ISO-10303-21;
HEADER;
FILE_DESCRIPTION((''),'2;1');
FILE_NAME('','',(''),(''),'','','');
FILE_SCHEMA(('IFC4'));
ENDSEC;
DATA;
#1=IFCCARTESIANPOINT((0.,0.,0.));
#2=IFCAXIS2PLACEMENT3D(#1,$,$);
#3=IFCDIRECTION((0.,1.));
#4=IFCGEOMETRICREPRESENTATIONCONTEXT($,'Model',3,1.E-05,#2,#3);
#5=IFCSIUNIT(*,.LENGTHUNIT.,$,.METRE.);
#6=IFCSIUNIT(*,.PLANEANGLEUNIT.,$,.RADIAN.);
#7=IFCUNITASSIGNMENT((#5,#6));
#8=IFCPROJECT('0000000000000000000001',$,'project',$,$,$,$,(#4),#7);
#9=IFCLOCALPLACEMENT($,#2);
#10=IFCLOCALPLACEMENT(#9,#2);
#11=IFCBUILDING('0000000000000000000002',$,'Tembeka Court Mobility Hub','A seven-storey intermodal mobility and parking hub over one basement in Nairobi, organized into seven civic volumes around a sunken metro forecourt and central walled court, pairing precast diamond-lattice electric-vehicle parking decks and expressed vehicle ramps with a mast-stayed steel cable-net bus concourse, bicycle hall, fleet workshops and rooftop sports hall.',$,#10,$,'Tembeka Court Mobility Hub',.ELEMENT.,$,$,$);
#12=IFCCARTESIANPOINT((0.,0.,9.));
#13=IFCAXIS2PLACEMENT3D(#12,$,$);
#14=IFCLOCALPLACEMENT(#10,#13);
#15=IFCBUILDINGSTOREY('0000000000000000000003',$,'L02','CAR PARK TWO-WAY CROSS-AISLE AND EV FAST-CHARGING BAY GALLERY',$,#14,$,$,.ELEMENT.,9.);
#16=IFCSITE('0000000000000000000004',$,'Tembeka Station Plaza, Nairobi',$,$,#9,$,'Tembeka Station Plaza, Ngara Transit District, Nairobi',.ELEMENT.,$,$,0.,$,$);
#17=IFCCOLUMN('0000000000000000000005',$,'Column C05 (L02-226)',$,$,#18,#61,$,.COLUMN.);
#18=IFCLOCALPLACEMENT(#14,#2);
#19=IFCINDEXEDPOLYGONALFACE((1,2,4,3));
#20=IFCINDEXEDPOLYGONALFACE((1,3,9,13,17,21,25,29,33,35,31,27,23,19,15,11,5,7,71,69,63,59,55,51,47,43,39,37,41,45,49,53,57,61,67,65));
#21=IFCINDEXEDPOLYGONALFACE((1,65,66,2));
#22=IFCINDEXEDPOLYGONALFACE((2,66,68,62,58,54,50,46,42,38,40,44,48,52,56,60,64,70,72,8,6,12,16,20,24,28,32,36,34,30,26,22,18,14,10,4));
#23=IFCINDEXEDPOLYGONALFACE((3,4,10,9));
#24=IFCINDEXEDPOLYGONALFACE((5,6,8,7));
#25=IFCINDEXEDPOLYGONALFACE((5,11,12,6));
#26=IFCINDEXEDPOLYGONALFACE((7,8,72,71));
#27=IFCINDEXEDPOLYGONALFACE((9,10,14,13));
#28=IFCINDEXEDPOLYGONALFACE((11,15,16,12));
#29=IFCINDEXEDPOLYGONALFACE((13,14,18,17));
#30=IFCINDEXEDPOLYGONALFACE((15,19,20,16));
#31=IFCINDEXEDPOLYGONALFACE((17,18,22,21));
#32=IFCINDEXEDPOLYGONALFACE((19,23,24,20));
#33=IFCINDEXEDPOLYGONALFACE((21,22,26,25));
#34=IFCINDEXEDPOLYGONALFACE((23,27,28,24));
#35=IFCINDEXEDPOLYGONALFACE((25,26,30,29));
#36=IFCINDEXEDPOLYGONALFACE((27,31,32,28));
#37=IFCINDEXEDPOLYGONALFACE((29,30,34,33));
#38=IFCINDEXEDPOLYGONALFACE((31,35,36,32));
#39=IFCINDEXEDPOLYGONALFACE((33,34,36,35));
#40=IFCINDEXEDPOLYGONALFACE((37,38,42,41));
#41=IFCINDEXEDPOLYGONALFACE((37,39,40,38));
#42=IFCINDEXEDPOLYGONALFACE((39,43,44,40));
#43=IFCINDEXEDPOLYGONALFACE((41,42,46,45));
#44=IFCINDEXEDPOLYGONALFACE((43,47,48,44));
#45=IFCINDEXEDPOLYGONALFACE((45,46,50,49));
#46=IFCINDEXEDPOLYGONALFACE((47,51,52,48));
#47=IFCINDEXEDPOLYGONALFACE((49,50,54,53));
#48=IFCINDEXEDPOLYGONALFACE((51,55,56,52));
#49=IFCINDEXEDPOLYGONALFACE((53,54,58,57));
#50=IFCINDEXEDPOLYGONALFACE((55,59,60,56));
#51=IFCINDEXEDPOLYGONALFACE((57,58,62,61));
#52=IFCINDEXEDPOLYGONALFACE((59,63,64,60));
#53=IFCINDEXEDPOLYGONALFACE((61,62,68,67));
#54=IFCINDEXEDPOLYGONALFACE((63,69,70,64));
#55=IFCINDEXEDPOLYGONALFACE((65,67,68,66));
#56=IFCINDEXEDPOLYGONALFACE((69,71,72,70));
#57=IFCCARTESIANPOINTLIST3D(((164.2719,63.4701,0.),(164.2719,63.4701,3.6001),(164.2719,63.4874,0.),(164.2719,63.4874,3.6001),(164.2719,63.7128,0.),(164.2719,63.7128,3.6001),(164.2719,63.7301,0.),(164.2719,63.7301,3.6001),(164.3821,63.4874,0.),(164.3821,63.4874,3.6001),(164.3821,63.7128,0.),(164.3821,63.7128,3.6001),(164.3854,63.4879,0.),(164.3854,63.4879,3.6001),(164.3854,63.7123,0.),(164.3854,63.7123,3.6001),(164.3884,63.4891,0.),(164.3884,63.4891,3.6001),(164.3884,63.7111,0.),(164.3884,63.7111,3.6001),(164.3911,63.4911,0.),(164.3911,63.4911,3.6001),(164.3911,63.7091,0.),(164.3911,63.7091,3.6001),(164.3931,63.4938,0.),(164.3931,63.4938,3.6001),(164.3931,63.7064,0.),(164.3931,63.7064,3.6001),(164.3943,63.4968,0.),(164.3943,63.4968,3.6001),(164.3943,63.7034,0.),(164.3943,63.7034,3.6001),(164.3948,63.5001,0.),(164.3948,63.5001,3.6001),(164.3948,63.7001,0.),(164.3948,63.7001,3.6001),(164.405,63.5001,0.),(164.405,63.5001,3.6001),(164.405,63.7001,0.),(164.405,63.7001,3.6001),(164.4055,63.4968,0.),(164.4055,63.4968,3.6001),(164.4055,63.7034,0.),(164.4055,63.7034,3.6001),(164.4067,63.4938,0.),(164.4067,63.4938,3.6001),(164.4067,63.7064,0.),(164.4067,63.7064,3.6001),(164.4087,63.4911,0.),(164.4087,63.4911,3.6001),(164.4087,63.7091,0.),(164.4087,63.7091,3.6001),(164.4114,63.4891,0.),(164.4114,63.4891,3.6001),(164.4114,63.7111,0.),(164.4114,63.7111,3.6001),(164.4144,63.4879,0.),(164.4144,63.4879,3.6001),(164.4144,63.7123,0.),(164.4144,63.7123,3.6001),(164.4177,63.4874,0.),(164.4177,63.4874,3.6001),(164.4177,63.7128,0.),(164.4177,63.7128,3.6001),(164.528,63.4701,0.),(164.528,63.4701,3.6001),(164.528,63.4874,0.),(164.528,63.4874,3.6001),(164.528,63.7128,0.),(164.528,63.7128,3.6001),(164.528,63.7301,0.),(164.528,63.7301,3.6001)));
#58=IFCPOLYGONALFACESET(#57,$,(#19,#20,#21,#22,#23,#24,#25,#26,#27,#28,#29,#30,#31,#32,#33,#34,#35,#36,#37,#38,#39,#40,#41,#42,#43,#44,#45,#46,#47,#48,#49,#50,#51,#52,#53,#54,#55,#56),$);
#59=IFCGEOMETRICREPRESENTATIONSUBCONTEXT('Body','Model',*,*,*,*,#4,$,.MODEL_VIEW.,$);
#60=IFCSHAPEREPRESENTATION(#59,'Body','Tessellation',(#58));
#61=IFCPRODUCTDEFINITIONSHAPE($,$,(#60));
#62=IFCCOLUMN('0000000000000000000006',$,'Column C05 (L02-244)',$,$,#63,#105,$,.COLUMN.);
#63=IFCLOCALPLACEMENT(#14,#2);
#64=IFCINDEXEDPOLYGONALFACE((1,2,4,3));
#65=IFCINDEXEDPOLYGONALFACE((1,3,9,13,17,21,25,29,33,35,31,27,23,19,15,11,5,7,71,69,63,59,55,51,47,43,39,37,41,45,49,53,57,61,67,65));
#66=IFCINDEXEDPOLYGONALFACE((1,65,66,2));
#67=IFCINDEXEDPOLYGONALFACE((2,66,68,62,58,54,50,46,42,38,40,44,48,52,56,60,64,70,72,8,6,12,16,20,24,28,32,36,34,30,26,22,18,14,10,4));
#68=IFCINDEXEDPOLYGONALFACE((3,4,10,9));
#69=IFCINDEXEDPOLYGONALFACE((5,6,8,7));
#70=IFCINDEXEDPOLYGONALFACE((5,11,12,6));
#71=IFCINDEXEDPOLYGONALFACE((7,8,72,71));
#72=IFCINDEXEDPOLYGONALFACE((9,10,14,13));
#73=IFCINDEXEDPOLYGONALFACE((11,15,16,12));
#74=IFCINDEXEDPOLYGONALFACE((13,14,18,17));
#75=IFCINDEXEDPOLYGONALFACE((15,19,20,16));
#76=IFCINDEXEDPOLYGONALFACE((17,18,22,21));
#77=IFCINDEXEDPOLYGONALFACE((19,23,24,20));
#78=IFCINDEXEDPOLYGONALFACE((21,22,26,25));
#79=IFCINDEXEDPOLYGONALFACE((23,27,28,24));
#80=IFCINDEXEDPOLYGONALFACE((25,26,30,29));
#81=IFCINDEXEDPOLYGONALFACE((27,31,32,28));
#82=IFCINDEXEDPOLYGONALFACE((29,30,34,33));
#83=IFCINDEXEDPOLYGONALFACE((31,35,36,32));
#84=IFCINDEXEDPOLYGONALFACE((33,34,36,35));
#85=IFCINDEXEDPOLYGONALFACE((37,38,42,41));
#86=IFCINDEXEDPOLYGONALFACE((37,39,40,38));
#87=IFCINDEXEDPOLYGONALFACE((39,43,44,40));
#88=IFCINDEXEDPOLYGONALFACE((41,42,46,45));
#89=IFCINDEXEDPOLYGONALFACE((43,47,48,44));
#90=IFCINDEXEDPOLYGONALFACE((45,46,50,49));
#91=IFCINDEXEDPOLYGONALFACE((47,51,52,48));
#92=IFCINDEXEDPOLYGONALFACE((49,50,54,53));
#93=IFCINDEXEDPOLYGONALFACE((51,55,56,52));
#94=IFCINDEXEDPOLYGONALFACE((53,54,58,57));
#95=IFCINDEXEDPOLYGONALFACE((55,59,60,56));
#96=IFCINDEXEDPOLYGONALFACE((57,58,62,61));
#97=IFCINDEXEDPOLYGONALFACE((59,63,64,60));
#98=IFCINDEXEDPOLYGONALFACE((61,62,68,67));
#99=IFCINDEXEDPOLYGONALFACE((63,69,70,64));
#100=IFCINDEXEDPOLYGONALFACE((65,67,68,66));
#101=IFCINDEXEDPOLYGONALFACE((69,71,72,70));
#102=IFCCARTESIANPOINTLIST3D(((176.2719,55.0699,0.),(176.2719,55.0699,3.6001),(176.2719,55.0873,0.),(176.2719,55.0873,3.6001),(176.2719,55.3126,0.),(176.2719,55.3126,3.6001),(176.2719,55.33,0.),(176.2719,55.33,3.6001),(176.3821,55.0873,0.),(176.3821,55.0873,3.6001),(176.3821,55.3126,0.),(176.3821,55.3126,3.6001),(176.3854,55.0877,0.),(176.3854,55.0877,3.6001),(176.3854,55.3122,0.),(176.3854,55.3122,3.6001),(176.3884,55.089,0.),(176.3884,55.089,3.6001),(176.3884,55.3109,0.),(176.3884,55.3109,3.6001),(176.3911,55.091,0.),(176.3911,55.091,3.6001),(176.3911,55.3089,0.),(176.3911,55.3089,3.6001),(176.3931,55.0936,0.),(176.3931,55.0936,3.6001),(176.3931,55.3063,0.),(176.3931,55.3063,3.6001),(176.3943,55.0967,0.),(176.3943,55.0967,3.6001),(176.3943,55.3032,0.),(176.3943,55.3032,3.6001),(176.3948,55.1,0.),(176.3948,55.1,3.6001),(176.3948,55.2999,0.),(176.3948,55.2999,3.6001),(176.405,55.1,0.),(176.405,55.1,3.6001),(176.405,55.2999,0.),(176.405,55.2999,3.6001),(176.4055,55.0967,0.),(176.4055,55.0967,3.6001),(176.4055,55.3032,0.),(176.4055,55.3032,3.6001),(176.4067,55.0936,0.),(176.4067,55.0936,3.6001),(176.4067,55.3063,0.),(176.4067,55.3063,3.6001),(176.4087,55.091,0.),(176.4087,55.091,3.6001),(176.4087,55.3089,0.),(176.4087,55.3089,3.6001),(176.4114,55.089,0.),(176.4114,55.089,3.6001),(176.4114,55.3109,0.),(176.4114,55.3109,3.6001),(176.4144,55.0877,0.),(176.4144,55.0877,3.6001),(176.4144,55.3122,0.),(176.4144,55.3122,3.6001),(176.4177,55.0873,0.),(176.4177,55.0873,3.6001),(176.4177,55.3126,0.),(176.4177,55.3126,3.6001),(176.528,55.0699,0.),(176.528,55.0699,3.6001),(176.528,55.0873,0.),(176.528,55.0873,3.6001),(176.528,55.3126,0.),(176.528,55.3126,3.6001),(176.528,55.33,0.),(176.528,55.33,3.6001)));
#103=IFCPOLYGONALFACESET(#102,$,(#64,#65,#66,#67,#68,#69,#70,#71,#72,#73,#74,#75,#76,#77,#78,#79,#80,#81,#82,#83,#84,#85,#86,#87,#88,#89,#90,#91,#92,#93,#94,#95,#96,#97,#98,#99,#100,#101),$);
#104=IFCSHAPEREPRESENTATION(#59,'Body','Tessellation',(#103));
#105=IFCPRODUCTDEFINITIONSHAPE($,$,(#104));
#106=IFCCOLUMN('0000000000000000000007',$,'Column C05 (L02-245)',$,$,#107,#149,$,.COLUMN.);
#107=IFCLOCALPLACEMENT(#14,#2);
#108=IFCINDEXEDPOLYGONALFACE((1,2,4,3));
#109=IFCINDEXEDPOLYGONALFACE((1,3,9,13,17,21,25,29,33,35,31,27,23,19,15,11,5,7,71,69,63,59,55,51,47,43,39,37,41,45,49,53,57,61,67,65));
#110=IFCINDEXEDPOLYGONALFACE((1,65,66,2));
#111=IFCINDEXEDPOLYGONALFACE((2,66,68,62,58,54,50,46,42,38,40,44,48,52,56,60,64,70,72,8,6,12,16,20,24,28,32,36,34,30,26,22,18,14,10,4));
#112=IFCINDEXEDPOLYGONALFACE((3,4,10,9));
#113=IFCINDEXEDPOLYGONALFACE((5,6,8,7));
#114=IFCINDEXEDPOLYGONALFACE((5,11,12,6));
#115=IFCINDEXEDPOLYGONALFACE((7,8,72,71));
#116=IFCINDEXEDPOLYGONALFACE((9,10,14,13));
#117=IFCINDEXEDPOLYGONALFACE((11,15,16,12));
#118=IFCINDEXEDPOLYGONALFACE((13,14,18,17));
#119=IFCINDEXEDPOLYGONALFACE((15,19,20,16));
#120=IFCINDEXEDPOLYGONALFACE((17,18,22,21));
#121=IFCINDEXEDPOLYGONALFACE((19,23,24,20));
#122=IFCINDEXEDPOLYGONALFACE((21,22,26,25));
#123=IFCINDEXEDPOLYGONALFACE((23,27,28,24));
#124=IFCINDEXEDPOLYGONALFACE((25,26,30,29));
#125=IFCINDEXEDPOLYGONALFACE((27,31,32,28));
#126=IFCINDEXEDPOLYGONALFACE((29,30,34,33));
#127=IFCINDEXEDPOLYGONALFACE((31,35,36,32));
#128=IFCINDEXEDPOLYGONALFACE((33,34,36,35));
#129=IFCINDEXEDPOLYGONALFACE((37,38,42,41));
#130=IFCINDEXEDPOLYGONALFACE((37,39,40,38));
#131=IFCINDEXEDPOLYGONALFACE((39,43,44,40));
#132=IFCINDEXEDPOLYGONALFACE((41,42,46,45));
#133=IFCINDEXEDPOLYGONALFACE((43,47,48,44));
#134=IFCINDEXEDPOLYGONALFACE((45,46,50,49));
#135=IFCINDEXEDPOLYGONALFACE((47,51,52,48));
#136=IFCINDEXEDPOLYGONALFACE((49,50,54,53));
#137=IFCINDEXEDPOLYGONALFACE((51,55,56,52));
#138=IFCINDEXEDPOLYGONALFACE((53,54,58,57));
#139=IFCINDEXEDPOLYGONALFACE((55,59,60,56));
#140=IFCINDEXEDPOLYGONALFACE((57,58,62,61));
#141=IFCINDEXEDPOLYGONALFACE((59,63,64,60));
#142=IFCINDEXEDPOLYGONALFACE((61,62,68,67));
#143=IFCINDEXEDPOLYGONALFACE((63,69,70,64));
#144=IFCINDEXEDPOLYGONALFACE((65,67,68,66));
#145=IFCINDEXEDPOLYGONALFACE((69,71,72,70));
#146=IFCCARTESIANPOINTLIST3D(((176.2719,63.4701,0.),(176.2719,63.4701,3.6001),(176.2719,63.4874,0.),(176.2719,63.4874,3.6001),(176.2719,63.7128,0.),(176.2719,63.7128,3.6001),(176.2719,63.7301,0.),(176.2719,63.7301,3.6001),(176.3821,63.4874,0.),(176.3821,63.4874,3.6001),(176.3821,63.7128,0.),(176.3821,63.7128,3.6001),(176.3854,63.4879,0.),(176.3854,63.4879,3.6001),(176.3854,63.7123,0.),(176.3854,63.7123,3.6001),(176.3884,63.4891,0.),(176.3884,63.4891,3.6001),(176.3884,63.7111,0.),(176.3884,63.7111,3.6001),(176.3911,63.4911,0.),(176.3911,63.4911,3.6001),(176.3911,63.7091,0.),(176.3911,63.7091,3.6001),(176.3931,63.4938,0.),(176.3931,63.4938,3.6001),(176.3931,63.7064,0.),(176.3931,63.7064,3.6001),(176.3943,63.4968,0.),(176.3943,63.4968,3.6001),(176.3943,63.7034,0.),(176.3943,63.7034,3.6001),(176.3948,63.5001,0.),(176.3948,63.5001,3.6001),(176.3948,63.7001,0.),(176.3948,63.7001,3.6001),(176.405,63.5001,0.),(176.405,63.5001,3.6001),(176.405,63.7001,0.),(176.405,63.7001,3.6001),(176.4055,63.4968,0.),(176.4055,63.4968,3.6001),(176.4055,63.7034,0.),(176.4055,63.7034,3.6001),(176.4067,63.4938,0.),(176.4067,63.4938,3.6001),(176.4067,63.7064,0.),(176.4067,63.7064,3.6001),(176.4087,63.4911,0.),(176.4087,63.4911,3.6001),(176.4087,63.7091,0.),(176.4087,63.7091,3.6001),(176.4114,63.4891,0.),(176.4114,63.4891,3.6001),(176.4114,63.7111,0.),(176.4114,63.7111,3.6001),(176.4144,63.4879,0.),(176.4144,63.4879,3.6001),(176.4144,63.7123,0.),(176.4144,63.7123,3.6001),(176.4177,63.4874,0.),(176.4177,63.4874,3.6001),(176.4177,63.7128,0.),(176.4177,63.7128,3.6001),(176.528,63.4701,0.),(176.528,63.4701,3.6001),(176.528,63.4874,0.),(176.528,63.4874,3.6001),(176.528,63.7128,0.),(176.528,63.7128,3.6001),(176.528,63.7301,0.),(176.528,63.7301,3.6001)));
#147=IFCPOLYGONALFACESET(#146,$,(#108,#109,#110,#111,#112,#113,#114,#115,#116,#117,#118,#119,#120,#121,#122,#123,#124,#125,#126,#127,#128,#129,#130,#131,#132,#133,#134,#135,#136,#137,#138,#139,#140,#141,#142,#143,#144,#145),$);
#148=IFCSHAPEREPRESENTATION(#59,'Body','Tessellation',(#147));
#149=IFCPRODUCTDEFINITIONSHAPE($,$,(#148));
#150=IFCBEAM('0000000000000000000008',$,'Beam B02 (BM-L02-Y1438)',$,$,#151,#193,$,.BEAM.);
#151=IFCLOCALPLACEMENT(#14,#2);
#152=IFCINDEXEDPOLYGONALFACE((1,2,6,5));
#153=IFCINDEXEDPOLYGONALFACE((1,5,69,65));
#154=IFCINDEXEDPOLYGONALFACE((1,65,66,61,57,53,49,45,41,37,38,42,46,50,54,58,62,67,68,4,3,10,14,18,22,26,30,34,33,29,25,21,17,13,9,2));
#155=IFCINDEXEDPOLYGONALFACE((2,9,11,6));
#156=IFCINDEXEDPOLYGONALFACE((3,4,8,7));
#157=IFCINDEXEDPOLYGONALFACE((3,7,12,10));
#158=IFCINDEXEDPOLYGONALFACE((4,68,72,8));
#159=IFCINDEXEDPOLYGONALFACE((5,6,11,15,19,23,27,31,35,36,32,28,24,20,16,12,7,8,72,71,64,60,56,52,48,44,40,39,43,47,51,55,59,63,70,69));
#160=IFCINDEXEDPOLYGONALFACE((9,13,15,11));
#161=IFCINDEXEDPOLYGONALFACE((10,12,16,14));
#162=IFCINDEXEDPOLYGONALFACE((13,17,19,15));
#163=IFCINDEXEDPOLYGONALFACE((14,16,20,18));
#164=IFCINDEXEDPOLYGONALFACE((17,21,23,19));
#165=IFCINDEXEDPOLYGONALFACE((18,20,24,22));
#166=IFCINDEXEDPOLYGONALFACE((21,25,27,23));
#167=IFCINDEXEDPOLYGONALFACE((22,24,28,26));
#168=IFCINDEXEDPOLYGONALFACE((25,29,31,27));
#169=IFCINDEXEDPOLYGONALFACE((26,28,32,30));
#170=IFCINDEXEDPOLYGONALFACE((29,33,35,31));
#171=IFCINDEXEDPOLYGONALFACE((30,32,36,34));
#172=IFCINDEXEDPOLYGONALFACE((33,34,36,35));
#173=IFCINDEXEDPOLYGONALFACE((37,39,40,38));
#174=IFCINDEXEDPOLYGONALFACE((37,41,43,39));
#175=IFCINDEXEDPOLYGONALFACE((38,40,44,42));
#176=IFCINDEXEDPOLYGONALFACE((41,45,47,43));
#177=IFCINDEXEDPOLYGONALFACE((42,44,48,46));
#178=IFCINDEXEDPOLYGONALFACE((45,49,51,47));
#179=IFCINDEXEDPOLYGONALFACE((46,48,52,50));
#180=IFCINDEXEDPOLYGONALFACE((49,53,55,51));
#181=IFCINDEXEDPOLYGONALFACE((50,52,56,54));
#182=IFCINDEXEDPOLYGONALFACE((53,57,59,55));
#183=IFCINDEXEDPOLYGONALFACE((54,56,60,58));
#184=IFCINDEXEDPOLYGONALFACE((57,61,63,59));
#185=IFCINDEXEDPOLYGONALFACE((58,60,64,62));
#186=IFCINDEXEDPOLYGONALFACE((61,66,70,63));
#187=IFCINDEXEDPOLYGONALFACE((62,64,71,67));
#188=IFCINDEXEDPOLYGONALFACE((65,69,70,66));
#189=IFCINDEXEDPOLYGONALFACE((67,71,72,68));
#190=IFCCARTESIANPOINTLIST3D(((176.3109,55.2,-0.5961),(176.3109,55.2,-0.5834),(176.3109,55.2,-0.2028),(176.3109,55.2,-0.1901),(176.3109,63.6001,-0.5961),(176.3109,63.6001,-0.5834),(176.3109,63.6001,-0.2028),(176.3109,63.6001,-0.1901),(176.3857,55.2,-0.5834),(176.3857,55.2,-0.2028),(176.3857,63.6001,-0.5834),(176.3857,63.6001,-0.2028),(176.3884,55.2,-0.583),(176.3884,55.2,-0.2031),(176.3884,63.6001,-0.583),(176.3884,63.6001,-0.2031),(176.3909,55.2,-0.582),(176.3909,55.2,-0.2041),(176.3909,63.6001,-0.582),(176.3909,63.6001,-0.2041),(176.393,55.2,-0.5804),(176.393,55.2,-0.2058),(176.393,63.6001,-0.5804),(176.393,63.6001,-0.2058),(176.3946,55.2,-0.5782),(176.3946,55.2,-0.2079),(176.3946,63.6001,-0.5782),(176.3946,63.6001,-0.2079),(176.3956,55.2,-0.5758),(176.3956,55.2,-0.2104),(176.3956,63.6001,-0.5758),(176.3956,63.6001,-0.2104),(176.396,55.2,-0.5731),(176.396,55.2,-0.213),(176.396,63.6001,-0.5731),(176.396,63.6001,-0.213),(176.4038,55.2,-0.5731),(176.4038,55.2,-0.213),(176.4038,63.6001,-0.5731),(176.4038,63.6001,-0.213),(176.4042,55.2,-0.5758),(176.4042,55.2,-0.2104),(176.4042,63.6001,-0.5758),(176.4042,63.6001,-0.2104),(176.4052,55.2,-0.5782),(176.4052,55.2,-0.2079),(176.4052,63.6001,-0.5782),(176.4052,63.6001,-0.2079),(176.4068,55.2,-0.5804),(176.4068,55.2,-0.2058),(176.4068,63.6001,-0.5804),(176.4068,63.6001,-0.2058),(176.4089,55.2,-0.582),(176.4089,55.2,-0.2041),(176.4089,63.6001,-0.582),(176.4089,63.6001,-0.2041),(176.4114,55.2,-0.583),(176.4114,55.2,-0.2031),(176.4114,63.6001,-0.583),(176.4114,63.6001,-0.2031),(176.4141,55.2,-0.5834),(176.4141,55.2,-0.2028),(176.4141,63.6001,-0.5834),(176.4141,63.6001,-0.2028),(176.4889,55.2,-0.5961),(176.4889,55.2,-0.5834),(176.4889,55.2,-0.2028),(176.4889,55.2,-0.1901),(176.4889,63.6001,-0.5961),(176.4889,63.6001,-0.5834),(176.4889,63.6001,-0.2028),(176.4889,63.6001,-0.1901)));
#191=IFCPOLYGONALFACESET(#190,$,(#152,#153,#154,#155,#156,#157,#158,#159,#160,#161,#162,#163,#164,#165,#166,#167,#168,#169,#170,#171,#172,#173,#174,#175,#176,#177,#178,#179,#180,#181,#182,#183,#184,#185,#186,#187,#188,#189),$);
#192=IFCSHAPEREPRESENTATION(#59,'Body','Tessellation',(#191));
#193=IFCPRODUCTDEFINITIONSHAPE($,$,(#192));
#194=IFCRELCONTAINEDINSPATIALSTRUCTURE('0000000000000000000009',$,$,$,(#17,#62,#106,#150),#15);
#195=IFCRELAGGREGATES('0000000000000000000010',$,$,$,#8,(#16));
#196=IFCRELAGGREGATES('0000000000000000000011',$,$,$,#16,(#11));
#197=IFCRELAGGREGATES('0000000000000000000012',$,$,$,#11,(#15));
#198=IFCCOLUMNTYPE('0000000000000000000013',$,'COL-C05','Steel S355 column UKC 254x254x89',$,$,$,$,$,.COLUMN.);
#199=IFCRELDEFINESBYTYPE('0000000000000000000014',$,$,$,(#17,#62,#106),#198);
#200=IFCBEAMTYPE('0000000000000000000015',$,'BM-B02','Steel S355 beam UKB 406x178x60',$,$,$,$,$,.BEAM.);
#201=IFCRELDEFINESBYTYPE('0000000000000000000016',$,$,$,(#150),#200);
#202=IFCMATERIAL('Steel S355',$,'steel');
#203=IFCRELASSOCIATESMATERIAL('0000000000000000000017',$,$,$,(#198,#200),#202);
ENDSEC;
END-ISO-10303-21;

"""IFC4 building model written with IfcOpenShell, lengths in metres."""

from ifc_helpers import new_model, si_unit, direction, frame, origin, origin_2d, place, context, subcontext, project, spatial, i_section, extrude, material, material_profile, profile_set, type_object, element, save


model = new_model("IFC4")

# Units and contexts
model_context = context("Model", 3, precision=1e-05, world=origin(), true_north=direction((0.0, 1.0)))
body_context = subcontext(model_context, "Body", "Model", "MODEL_VIEW")
ifc_project = project(units=[si_unit("LENGTHUNIT", "METRE"), si_unit("PLANEANGLEUNIT", "RADIAN")], contexts=[model_context])

# Site, building, storey
site_placement = place(None, origin())
site = spatial("IfcSite", under=ifc_project, at=site_placement, Name="Tembeka Station Plaza, Nairobi", LongName="Tembeka Station Plaza, Ngara Transit District, Nairobi", CompositionType="ELEMENT", RefElevation=0.0)
building_placement = place(site_placement, origin())
building = spatial("IfcBuilding", under=site, at=building_placement, Name="Tembeka Court Mobility Hub", Description="A seven-storey intermodal mobility and parking hub over one basement in Nairobi, organized into seven civic volumes around a sunken metro forecourt and central walled court, pairing precast diamond-lattice electric-vehicle parking decks and expressed vehicle ramps with a mast-stayed steel cable-net bus concourse, bicycle hall, fleet workshops and rooftop sports hall.", LongName="Tembeka Court Mobility Hub", CompositionType="ELEMENT")
storey_placement = place(building_placement, frame((0.0, 0.0, 9.0)))
storey = spatial("IfcBuildingStorey", under=building, at=storey_placement, Name="L02", Description="CAR PARK TWO-WAY CROSS-AISLE AND EV FAST-CHARGING BAY GALLERY", CompositionType="ELEMENT", Elevation=9.0)

# Columns
ifc_material_1 = material(Name="Steel S355", Category="steel")
ifc_material_profile_1 = material_profile(ifc_material_1, i_section(OverallWidth=0.2561, OverallDepth=0.26, WebThickness=0.0103, FlangeThickness=0.0173, FilletRadius=0.0127, at=origin_2d()), Name="UKC 254x254x89")
ifc_profile_set_1 = profile_set([ifc_material_profile_1], Name="Steel S355")
column_type = type_object("IfcColumnType", Name="COL-C05", Description="Steel S355 column UKC 254x254x89", PredefinedType="COLUMN", material=ifc_profile_set_1)
for number, where, z_axis, x_axis, name in (
    (1, (164.3999, 63.6001, 0.0), (0.0, 0.0, 1.0), (1.0, 0.0, 0.0), "Column C05 (L02-226)"),
    (2, (176.3999, 55.2, 0.0), (0.0, 0.0, 1.0), (1.0, 0.0, 0.0), "Column C05 (L02-244)"),
    (3, (176.3999, 63.6001, 0.0), (0.0, 0.0, 1.0), (1.0, 0.0, 0.0), "Column C05 (L02-245)"),
):
    element("IfcColumn", number, at=place(storey_placement, frame(where, z_axis=z_axis, x_axis=x_axis)), inside=storey, type_object=column_type, Name=name, PredefinedType="COLUMN", context=body_context, shape_type="SweptSolid", body=[
        extrude(i_section(OverallWidth=0.2561, OverallDepth=0.26, WebThickness=0.0103, FlangeThickness=0.0173, FilletRadius=0.0127, at=origin_2d()), origin(), (0.0, 0.0, 1.0), 3.6001),
    ])

# Beam
ifc_material_profile_2 = material_profile(ifc_material_1, i_section(OverallWidth=0.178, OverallDepth=0.406, WebThickness=0.0078, FlangeThickness=0.0127, FilletRadius=0.0103, at=origin_2d()), Name="UKB 406x178x60")
ifc_profile_set_2 = profile_set([ifc_material_profile_2], Name="Steel S355")
beam_type_1 = type_object("IfcBeamType", Name="BM-B02", Description="Steel S355 beam UKB 406x178x60", PredefinedType="BEAM", material=ifc_profile_set_2)
beam_1_placement = place(storey_placement, frame((176.3999, 55.2, -0.3931), z_axis=(0.0, 1.0, 0.0), x_axis=(-1.0, 0.0, 0.0)))
element("IfcBeam", 4, at=beam_1_placement, inside=storey, type_object=beam_type_1, Name="Beam B02 (BM-L02-Y1438)", PredefinedType="BEAM", context=body_context, shape_type="SweptSolid", body=[
    extrude(i_section(OverallWidth=0.178, OverallDepth=0.406, WebThickness=0.0078, FlangeThickness=0.0127, FilletRadius=0.0103, at=origin_2d()), origin(), (0.0, 0.0, 1.0), 8.4001),
])

save(model, "model.ifc")
